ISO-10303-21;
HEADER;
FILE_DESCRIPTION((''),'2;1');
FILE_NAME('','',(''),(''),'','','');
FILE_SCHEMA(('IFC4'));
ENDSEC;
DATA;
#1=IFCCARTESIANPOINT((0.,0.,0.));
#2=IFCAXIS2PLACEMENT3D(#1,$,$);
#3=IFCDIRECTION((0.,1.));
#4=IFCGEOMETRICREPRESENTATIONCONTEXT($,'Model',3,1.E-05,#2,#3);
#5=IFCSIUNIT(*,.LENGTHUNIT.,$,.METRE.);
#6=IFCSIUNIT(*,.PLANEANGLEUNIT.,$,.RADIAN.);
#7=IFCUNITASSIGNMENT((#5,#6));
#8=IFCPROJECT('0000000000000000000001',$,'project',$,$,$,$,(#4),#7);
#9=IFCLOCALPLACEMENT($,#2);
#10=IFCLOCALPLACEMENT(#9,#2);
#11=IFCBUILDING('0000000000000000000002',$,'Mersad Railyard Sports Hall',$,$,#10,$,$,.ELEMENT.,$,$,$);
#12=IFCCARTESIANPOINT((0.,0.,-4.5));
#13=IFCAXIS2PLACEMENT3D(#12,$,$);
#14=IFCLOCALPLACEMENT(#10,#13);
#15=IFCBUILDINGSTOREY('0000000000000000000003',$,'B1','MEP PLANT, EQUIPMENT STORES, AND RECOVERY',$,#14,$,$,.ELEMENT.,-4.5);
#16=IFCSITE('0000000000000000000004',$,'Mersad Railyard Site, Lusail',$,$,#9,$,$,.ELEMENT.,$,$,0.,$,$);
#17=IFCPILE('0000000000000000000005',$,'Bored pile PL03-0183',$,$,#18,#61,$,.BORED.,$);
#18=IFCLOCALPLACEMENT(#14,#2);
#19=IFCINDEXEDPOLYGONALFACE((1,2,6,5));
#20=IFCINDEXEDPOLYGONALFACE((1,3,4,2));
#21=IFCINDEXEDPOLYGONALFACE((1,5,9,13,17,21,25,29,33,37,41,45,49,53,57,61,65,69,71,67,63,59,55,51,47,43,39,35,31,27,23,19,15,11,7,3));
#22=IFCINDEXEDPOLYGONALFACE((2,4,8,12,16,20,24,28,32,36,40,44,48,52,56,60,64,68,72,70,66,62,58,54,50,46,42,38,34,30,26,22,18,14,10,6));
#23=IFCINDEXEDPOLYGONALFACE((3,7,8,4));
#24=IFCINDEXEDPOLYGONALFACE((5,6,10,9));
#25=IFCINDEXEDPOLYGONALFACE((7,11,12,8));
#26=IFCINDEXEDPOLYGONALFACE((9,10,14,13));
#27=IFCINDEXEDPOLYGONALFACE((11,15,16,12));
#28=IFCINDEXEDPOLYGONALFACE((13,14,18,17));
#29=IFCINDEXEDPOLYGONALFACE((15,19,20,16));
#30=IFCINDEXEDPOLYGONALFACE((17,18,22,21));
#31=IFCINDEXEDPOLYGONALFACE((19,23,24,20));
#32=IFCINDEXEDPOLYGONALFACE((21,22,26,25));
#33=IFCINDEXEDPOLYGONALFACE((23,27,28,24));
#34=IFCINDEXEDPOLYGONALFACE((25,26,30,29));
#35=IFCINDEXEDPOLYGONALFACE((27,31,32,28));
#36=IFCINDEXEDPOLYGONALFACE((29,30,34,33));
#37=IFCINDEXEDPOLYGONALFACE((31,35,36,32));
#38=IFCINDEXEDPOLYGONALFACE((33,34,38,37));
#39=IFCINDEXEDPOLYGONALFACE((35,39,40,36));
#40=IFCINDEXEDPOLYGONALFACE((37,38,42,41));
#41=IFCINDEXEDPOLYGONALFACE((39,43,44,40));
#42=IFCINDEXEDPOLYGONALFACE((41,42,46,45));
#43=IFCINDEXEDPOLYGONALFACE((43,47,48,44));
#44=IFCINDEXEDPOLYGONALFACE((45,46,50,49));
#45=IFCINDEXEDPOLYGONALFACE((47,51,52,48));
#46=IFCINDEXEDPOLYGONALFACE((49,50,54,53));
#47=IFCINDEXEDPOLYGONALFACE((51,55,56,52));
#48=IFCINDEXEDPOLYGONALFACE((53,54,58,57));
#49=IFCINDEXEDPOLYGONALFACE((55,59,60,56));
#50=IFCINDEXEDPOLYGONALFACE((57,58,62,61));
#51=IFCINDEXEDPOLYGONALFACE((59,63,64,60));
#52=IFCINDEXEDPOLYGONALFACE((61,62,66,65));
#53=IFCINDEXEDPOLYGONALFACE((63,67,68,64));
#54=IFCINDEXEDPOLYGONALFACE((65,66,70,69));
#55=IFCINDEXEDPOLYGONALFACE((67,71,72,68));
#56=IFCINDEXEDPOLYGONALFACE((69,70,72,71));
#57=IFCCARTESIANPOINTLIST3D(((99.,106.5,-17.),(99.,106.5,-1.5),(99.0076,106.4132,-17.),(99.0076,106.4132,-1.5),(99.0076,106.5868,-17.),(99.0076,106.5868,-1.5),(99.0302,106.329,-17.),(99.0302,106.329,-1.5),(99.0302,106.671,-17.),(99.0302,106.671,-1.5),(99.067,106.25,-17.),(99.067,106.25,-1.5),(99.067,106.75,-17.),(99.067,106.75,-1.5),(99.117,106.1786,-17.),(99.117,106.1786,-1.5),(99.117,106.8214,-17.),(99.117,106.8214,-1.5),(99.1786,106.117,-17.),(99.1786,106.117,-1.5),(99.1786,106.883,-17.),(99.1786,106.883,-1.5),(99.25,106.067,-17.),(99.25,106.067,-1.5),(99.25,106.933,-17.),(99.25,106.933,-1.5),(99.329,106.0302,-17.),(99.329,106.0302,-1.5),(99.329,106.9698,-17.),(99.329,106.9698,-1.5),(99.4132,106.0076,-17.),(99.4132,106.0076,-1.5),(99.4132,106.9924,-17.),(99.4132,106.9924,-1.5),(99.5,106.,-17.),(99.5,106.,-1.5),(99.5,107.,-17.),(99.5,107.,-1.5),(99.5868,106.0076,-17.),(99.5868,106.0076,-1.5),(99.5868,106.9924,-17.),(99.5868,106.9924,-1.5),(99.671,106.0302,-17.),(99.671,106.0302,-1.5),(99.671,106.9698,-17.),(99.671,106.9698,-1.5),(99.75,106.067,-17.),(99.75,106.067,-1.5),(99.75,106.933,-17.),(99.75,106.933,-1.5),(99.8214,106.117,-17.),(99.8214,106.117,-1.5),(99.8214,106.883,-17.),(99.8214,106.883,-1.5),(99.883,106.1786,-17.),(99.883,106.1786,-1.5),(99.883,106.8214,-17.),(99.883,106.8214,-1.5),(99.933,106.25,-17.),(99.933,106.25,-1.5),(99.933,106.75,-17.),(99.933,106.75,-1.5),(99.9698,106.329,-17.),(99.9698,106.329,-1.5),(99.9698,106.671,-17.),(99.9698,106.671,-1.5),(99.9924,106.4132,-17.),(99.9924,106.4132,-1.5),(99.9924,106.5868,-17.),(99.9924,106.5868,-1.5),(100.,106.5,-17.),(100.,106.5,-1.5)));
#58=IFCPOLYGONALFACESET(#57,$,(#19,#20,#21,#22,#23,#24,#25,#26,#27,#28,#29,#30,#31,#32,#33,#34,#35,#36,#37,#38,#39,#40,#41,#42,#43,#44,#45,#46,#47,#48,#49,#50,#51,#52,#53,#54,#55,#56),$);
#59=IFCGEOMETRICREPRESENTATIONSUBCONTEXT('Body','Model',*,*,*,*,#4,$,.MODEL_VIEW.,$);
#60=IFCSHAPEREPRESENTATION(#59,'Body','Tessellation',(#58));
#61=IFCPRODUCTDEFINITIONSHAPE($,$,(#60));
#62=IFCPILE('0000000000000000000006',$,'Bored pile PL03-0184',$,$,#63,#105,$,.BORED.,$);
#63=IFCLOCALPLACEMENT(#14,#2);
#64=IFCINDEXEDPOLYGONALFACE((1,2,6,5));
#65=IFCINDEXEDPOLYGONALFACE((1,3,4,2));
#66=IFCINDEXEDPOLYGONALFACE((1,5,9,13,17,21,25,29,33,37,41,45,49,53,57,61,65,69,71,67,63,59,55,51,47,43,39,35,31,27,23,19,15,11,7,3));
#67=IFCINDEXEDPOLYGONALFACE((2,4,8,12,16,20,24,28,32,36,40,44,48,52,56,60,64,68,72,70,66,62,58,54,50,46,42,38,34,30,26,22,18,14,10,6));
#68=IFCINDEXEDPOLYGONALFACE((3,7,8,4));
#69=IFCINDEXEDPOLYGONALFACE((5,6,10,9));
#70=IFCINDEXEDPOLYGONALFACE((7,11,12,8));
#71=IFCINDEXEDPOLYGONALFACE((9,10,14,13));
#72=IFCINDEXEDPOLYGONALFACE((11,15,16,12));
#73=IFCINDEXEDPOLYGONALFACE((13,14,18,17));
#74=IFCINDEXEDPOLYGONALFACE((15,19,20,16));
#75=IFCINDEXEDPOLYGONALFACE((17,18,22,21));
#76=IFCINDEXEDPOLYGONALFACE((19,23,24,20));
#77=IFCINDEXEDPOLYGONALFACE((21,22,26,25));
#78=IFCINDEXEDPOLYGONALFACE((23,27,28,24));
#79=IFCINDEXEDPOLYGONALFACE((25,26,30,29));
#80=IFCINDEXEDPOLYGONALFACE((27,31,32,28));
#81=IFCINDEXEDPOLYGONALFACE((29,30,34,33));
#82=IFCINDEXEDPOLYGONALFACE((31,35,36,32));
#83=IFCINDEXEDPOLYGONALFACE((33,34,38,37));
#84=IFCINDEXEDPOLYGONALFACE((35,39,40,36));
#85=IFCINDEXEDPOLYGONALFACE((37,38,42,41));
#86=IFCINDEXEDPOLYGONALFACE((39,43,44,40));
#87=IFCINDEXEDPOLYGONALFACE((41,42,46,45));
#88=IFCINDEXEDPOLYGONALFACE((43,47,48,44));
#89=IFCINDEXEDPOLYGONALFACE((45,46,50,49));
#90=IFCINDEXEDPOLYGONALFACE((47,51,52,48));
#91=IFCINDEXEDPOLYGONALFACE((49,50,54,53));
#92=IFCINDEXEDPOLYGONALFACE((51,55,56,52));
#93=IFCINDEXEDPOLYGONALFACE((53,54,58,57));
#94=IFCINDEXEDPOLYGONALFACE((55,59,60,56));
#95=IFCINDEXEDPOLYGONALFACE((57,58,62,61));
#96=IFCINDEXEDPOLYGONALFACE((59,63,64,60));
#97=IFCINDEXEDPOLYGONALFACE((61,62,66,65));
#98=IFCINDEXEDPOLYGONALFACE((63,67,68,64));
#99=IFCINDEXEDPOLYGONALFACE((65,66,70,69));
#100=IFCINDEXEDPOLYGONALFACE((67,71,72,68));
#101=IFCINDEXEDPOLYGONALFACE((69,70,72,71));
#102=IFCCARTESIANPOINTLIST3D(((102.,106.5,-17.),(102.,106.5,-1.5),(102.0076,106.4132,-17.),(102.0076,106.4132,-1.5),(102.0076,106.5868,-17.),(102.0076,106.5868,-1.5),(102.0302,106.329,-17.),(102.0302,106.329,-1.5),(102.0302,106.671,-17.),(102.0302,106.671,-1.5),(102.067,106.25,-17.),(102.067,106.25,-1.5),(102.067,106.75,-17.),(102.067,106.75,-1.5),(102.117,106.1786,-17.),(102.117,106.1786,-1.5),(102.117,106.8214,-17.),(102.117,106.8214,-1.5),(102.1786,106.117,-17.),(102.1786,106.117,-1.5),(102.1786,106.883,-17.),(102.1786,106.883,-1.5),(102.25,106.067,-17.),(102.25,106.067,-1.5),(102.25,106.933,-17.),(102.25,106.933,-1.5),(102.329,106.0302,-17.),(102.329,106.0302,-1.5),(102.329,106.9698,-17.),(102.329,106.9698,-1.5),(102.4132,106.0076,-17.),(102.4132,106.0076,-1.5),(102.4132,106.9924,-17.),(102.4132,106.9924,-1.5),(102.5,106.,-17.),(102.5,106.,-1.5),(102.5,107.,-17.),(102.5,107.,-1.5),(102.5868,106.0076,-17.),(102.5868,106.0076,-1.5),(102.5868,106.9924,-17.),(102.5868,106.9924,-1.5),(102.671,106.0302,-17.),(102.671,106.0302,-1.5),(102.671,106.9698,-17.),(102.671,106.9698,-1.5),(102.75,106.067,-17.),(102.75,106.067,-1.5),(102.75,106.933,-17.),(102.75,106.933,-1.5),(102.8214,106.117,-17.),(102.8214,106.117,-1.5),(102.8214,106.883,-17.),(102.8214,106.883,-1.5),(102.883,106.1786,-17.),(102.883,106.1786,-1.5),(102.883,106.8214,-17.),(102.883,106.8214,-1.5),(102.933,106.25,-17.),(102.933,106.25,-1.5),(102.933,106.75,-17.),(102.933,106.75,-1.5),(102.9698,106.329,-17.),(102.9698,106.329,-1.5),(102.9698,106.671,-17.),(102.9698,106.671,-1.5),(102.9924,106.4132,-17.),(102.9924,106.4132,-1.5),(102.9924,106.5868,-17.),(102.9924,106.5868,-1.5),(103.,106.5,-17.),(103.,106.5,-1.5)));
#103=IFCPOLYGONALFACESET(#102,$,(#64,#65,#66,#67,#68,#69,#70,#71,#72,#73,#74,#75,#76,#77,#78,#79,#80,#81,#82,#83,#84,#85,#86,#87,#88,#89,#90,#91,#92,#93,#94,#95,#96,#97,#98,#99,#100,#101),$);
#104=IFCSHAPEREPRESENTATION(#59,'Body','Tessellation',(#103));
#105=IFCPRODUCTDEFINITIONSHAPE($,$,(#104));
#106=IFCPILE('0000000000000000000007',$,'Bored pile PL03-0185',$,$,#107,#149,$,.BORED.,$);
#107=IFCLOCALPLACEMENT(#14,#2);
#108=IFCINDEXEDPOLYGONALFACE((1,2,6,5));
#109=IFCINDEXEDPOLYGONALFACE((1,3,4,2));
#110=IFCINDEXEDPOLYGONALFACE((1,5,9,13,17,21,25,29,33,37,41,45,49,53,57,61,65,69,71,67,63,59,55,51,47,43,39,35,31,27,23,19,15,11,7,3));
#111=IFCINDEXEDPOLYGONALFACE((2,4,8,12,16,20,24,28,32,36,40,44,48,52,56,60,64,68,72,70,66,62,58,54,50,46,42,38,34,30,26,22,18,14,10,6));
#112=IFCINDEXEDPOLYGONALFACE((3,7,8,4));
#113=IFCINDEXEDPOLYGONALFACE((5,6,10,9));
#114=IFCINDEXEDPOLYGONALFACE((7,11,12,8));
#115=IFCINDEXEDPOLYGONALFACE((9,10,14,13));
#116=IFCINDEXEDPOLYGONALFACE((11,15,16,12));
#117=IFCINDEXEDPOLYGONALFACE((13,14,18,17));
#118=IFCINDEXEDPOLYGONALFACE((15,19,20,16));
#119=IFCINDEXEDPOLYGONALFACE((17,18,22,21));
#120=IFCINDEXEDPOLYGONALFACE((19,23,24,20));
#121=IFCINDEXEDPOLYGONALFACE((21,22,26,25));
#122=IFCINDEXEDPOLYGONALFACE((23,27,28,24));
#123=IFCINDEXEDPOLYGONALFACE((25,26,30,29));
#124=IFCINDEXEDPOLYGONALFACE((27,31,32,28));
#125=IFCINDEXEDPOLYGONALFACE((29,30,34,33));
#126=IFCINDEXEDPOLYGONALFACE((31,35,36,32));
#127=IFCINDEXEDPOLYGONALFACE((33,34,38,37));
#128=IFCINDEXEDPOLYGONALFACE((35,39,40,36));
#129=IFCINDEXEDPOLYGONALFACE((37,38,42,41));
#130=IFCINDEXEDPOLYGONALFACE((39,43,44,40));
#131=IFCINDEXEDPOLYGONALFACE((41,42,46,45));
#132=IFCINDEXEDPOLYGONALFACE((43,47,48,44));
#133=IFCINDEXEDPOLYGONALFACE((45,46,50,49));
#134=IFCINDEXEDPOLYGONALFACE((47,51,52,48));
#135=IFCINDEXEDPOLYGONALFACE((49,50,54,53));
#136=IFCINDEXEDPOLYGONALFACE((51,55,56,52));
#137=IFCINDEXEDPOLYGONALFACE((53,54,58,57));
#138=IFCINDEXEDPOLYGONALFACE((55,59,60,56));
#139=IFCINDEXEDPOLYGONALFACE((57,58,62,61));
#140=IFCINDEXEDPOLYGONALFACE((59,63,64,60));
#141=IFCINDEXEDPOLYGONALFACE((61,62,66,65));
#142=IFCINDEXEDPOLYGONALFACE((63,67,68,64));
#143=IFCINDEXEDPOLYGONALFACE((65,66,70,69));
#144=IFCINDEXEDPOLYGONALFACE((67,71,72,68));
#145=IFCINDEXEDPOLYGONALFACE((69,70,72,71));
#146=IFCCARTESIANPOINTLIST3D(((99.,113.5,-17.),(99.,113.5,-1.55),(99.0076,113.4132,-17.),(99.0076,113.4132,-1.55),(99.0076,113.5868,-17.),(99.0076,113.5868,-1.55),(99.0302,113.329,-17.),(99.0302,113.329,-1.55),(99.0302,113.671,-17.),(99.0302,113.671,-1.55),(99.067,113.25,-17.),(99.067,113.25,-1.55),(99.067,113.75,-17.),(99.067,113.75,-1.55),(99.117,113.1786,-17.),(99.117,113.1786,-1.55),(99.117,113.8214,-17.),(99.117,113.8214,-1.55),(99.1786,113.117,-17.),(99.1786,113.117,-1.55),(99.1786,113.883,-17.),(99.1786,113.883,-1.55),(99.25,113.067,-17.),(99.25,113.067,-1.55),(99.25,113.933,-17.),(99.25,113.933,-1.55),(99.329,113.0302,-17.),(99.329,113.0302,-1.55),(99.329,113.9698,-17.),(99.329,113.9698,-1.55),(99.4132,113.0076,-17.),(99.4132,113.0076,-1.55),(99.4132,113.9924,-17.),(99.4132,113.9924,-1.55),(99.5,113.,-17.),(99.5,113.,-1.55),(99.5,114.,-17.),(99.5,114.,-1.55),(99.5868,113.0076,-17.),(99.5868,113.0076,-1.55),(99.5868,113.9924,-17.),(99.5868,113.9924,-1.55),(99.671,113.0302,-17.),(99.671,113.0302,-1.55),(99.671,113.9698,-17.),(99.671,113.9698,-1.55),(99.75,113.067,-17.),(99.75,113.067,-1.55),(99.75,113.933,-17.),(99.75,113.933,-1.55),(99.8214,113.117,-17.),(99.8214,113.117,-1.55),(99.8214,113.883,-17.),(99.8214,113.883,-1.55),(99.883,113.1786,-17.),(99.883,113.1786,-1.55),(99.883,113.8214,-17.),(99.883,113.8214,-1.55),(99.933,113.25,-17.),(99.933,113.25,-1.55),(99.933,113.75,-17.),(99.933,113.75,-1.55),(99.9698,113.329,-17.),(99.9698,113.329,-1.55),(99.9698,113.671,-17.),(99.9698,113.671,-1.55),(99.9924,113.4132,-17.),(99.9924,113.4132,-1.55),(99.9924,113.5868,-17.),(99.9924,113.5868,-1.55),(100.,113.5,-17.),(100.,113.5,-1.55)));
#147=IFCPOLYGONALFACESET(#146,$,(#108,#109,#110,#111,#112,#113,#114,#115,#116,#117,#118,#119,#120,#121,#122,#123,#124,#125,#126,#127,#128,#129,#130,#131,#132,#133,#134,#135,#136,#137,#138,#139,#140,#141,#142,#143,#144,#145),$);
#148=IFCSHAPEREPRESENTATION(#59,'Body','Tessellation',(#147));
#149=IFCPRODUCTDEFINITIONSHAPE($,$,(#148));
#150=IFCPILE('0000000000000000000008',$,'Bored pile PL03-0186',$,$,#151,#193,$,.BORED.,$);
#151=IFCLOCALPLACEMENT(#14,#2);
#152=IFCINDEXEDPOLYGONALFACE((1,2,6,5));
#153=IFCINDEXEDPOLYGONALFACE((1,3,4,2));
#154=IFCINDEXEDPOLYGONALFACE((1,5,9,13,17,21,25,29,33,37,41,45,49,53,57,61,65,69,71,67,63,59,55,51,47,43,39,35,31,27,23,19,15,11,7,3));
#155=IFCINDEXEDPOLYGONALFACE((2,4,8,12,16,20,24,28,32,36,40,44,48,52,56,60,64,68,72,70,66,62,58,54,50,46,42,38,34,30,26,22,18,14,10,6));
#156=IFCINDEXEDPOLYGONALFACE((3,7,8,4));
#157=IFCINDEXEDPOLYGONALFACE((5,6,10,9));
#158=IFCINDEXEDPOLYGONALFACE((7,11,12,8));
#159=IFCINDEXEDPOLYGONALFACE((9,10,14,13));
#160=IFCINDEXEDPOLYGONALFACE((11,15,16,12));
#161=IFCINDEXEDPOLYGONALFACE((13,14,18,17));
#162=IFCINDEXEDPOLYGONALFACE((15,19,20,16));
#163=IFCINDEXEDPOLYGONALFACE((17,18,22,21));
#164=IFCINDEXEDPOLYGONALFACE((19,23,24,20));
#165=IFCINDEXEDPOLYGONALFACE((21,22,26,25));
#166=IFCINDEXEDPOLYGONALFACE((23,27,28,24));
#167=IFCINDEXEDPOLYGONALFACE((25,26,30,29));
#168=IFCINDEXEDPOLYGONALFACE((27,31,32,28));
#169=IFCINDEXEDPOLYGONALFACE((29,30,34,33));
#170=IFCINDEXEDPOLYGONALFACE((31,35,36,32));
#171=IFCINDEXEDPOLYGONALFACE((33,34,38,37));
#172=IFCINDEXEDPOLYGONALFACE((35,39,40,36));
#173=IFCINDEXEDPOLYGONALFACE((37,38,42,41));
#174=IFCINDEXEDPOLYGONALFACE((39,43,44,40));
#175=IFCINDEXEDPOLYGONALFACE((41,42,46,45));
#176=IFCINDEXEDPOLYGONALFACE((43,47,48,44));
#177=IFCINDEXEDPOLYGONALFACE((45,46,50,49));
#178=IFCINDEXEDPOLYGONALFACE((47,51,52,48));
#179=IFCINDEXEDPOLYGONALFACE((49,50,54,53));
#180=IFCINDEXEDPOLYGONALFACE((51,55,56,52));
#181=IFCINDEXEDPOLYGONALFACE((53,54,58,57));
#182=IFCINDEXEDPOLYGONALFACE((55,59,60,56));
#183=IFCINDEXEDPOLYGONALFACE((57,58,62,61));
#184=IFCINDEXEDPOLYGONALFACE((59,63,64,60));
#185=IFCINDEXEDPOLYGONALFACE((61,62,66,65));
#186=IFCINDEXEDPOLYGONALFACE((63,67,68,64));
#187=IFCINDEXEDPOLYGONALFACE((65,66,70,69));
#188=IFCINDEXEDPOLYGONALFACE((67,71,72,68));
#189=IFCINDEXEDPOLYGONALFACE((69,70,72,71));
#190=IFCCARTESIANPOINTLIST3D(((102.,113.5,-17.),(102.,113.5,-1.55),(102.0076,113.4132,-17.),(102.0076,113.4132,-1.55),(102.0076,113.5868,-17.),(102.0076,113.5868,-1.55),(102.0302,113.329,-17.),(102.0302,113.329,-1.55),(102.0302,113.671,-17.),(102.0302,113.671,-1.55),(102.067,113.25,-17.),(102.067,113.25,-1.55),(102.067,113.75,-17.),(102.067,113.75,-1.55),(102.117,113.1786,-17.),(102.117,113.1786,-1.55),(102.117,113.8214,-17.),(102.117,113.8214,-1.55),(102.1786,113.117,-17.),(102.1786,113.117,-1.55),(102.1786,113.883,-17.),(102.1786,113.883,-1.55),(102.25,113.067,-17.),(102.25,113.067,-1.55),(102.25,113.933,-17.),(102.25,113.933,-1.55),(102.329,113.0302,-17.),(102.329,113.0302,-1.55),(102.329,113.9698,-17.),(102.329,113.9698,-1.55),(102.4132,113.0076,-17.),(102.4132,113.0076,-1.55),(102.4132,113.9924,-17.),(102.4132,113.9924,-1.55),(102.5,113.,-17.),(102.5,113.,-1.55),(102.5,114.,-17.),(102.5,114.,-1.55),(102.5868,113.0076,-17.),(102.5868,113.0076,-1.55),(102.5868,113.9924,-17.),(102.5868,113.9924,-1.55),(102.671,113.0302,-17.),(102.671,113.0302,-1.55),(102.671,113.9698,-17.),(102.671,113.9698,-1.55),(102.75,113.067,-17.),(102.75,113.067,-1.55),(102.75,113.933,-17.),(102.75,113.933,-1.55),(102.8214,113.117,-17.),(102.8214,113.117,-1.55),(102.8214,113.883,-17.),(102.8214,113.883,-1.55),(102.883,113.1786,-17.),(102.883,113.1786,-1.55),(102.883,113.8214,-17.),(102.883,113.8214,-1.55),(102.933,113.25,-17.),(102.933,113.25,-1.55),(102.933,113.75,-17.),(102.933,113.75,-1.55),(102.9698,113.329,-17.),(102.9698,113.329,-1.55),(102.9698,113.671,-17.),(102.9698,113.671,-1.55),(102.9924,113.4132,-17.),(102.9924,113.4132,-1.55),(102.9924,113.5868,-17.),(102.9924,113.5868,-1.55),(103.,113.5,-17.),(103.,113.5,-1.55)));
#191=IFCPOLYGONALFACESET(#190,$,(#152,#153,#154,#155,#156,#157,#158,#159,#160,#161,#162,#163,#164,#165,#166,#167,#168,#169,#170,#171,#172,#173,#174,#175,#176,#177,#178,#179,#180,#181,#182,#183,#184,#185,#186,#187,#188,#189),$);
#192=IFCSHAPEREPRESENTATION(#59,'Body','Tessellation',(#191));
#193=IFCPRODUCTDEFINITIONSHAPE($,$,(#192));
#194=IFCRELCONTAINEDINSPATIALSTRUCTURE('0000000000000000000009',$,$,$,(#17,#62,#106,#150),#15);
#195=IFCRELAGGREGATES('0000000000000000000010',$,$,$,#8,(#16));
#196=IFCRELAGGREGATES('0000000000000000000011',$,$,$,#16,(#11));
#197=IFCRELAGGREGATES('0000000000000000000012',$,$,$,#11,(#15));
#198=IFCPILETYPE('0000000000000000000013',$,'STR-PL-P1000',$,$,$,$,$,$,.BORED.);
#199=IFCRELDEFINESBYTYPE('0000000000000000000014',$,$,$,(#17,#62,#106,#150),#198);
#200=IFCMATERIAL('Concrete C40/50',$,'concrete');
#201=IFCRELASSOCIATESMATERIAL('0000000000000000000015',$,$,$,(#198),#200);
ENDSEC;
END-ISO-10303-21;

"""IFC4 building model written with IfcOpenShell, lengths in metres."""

from ifc_helpers import new_model, si_unit, direction, frame, origin, origin_2d, place, context, subcontext, project, spatial, circle, extrude, material, material_profile, profile_set, type_object, element, save


model = new_model("IFC4")

# Units and contexts
model_context = context("Model", 3, precision=1e-05, world=origin(), true_north=direction((0.0, 1.0)))
body_context = subcontext(model_context, "Body", "Model", "MODEL_VIEW")
ifc_project = project(units=[si_unit("LENGTHUNIT", "METRE"), si_unit("PLANEANGLEUNIT", "RADIAN")], contexts=[model_context])

# Site, building, storey
site_placement = place(None, origin())
site = spatial("IfcSite", under=ifc_project, at=site_placement, Name="Mersad Railyard Site, Lusail", CompositionType="ELEMENT", RefElevation=0.0)
building_placement = place(site_placement, origin())
building = spatial("IfcBuilding", under=site, at=building_placement, Name="Mersad Railyard Sports Hall", CompositionType="ELEMENT")
storey_placement = place(building_placement, frame((0.0, 0.0, -4.5)))
storey = spatial("IfcBuildingStorey", under=building, at=storey_placement, Name="B1", Description="MEP PLANT, EQUIPMENT STORES, AND RECOVERY", CompositionType="ELEMENT", Elevation=-4.5)

# Shared definitions
ifc_material_1 = material(Name="Concrete C40/50", Category="concrete")

# Piles
ifc_material_profile_1 = material_profile(ifc_material_1, circle(Radius=0.5, at=origin_2d()), Name="BORED PILE D1000")
ifc_profile_set_1 = profile_set([ifc_material_profile_1], Name="Concrete C40/50")
pile_type = type_object("IfcPileType", Name="STR-PL-P1000", PredefinedType="BORED", material=ifc_profile_set_1)
for number, where, z_axis, x_axis, name in (
    (1, (99.5, 106.5, -1.5), (0.0, 0.0, -1.0), (1.0, 0.0, 0.0), "Bored pile PL03-0183"),
    (2, (102.5, 106.5, -1.5), (0.0, 0.0, -1.0), (1.0, 0.0, 0.0), "Bored pile PL03-0184"),
):
    element("IfcPile", number, at=place(storey_placement, frame(where, z_axis=z_axis, x_axis=x_axis)), inside=storey, type_object=pile_type, Name=name, PredefinedType="BORED", context=body_context, shape_type="SweptSolid", body=[
        extrude(circle(Radius=0.5, at=origin_2d()), origin(), (0.0, 0.0, 1.0), 15.5),
    ])
for number, where, z_axis, x_axis, name in (
    (3, (99.5, 113.5, -1.55), (0.0, 0.0, -1.0), (1.0, 0.0, 0.0), "Bored pile PL03-0185"),
    (4, (102.5, 113.5, -1.55), (0.0, 0.0, -1.0), (1.0, 0.0, 0.0), "Bored pile PL03-0186"),
):
    element("IfcPile", number, at=place(storey_placement, frame(where, z_axis=z_axis, x_axis=x_axis)), inside=storey, type_object=pile_type, Name=name, PredefinedType="BORED", context=body_context, shape_type="SweptSolid", body=[
        extrude(circle(Radius=0.5, at=origin_2d()), origin(), (0.0, 0.0, 1.0), 15.45),
    ])

save(model, "model.ifc")
